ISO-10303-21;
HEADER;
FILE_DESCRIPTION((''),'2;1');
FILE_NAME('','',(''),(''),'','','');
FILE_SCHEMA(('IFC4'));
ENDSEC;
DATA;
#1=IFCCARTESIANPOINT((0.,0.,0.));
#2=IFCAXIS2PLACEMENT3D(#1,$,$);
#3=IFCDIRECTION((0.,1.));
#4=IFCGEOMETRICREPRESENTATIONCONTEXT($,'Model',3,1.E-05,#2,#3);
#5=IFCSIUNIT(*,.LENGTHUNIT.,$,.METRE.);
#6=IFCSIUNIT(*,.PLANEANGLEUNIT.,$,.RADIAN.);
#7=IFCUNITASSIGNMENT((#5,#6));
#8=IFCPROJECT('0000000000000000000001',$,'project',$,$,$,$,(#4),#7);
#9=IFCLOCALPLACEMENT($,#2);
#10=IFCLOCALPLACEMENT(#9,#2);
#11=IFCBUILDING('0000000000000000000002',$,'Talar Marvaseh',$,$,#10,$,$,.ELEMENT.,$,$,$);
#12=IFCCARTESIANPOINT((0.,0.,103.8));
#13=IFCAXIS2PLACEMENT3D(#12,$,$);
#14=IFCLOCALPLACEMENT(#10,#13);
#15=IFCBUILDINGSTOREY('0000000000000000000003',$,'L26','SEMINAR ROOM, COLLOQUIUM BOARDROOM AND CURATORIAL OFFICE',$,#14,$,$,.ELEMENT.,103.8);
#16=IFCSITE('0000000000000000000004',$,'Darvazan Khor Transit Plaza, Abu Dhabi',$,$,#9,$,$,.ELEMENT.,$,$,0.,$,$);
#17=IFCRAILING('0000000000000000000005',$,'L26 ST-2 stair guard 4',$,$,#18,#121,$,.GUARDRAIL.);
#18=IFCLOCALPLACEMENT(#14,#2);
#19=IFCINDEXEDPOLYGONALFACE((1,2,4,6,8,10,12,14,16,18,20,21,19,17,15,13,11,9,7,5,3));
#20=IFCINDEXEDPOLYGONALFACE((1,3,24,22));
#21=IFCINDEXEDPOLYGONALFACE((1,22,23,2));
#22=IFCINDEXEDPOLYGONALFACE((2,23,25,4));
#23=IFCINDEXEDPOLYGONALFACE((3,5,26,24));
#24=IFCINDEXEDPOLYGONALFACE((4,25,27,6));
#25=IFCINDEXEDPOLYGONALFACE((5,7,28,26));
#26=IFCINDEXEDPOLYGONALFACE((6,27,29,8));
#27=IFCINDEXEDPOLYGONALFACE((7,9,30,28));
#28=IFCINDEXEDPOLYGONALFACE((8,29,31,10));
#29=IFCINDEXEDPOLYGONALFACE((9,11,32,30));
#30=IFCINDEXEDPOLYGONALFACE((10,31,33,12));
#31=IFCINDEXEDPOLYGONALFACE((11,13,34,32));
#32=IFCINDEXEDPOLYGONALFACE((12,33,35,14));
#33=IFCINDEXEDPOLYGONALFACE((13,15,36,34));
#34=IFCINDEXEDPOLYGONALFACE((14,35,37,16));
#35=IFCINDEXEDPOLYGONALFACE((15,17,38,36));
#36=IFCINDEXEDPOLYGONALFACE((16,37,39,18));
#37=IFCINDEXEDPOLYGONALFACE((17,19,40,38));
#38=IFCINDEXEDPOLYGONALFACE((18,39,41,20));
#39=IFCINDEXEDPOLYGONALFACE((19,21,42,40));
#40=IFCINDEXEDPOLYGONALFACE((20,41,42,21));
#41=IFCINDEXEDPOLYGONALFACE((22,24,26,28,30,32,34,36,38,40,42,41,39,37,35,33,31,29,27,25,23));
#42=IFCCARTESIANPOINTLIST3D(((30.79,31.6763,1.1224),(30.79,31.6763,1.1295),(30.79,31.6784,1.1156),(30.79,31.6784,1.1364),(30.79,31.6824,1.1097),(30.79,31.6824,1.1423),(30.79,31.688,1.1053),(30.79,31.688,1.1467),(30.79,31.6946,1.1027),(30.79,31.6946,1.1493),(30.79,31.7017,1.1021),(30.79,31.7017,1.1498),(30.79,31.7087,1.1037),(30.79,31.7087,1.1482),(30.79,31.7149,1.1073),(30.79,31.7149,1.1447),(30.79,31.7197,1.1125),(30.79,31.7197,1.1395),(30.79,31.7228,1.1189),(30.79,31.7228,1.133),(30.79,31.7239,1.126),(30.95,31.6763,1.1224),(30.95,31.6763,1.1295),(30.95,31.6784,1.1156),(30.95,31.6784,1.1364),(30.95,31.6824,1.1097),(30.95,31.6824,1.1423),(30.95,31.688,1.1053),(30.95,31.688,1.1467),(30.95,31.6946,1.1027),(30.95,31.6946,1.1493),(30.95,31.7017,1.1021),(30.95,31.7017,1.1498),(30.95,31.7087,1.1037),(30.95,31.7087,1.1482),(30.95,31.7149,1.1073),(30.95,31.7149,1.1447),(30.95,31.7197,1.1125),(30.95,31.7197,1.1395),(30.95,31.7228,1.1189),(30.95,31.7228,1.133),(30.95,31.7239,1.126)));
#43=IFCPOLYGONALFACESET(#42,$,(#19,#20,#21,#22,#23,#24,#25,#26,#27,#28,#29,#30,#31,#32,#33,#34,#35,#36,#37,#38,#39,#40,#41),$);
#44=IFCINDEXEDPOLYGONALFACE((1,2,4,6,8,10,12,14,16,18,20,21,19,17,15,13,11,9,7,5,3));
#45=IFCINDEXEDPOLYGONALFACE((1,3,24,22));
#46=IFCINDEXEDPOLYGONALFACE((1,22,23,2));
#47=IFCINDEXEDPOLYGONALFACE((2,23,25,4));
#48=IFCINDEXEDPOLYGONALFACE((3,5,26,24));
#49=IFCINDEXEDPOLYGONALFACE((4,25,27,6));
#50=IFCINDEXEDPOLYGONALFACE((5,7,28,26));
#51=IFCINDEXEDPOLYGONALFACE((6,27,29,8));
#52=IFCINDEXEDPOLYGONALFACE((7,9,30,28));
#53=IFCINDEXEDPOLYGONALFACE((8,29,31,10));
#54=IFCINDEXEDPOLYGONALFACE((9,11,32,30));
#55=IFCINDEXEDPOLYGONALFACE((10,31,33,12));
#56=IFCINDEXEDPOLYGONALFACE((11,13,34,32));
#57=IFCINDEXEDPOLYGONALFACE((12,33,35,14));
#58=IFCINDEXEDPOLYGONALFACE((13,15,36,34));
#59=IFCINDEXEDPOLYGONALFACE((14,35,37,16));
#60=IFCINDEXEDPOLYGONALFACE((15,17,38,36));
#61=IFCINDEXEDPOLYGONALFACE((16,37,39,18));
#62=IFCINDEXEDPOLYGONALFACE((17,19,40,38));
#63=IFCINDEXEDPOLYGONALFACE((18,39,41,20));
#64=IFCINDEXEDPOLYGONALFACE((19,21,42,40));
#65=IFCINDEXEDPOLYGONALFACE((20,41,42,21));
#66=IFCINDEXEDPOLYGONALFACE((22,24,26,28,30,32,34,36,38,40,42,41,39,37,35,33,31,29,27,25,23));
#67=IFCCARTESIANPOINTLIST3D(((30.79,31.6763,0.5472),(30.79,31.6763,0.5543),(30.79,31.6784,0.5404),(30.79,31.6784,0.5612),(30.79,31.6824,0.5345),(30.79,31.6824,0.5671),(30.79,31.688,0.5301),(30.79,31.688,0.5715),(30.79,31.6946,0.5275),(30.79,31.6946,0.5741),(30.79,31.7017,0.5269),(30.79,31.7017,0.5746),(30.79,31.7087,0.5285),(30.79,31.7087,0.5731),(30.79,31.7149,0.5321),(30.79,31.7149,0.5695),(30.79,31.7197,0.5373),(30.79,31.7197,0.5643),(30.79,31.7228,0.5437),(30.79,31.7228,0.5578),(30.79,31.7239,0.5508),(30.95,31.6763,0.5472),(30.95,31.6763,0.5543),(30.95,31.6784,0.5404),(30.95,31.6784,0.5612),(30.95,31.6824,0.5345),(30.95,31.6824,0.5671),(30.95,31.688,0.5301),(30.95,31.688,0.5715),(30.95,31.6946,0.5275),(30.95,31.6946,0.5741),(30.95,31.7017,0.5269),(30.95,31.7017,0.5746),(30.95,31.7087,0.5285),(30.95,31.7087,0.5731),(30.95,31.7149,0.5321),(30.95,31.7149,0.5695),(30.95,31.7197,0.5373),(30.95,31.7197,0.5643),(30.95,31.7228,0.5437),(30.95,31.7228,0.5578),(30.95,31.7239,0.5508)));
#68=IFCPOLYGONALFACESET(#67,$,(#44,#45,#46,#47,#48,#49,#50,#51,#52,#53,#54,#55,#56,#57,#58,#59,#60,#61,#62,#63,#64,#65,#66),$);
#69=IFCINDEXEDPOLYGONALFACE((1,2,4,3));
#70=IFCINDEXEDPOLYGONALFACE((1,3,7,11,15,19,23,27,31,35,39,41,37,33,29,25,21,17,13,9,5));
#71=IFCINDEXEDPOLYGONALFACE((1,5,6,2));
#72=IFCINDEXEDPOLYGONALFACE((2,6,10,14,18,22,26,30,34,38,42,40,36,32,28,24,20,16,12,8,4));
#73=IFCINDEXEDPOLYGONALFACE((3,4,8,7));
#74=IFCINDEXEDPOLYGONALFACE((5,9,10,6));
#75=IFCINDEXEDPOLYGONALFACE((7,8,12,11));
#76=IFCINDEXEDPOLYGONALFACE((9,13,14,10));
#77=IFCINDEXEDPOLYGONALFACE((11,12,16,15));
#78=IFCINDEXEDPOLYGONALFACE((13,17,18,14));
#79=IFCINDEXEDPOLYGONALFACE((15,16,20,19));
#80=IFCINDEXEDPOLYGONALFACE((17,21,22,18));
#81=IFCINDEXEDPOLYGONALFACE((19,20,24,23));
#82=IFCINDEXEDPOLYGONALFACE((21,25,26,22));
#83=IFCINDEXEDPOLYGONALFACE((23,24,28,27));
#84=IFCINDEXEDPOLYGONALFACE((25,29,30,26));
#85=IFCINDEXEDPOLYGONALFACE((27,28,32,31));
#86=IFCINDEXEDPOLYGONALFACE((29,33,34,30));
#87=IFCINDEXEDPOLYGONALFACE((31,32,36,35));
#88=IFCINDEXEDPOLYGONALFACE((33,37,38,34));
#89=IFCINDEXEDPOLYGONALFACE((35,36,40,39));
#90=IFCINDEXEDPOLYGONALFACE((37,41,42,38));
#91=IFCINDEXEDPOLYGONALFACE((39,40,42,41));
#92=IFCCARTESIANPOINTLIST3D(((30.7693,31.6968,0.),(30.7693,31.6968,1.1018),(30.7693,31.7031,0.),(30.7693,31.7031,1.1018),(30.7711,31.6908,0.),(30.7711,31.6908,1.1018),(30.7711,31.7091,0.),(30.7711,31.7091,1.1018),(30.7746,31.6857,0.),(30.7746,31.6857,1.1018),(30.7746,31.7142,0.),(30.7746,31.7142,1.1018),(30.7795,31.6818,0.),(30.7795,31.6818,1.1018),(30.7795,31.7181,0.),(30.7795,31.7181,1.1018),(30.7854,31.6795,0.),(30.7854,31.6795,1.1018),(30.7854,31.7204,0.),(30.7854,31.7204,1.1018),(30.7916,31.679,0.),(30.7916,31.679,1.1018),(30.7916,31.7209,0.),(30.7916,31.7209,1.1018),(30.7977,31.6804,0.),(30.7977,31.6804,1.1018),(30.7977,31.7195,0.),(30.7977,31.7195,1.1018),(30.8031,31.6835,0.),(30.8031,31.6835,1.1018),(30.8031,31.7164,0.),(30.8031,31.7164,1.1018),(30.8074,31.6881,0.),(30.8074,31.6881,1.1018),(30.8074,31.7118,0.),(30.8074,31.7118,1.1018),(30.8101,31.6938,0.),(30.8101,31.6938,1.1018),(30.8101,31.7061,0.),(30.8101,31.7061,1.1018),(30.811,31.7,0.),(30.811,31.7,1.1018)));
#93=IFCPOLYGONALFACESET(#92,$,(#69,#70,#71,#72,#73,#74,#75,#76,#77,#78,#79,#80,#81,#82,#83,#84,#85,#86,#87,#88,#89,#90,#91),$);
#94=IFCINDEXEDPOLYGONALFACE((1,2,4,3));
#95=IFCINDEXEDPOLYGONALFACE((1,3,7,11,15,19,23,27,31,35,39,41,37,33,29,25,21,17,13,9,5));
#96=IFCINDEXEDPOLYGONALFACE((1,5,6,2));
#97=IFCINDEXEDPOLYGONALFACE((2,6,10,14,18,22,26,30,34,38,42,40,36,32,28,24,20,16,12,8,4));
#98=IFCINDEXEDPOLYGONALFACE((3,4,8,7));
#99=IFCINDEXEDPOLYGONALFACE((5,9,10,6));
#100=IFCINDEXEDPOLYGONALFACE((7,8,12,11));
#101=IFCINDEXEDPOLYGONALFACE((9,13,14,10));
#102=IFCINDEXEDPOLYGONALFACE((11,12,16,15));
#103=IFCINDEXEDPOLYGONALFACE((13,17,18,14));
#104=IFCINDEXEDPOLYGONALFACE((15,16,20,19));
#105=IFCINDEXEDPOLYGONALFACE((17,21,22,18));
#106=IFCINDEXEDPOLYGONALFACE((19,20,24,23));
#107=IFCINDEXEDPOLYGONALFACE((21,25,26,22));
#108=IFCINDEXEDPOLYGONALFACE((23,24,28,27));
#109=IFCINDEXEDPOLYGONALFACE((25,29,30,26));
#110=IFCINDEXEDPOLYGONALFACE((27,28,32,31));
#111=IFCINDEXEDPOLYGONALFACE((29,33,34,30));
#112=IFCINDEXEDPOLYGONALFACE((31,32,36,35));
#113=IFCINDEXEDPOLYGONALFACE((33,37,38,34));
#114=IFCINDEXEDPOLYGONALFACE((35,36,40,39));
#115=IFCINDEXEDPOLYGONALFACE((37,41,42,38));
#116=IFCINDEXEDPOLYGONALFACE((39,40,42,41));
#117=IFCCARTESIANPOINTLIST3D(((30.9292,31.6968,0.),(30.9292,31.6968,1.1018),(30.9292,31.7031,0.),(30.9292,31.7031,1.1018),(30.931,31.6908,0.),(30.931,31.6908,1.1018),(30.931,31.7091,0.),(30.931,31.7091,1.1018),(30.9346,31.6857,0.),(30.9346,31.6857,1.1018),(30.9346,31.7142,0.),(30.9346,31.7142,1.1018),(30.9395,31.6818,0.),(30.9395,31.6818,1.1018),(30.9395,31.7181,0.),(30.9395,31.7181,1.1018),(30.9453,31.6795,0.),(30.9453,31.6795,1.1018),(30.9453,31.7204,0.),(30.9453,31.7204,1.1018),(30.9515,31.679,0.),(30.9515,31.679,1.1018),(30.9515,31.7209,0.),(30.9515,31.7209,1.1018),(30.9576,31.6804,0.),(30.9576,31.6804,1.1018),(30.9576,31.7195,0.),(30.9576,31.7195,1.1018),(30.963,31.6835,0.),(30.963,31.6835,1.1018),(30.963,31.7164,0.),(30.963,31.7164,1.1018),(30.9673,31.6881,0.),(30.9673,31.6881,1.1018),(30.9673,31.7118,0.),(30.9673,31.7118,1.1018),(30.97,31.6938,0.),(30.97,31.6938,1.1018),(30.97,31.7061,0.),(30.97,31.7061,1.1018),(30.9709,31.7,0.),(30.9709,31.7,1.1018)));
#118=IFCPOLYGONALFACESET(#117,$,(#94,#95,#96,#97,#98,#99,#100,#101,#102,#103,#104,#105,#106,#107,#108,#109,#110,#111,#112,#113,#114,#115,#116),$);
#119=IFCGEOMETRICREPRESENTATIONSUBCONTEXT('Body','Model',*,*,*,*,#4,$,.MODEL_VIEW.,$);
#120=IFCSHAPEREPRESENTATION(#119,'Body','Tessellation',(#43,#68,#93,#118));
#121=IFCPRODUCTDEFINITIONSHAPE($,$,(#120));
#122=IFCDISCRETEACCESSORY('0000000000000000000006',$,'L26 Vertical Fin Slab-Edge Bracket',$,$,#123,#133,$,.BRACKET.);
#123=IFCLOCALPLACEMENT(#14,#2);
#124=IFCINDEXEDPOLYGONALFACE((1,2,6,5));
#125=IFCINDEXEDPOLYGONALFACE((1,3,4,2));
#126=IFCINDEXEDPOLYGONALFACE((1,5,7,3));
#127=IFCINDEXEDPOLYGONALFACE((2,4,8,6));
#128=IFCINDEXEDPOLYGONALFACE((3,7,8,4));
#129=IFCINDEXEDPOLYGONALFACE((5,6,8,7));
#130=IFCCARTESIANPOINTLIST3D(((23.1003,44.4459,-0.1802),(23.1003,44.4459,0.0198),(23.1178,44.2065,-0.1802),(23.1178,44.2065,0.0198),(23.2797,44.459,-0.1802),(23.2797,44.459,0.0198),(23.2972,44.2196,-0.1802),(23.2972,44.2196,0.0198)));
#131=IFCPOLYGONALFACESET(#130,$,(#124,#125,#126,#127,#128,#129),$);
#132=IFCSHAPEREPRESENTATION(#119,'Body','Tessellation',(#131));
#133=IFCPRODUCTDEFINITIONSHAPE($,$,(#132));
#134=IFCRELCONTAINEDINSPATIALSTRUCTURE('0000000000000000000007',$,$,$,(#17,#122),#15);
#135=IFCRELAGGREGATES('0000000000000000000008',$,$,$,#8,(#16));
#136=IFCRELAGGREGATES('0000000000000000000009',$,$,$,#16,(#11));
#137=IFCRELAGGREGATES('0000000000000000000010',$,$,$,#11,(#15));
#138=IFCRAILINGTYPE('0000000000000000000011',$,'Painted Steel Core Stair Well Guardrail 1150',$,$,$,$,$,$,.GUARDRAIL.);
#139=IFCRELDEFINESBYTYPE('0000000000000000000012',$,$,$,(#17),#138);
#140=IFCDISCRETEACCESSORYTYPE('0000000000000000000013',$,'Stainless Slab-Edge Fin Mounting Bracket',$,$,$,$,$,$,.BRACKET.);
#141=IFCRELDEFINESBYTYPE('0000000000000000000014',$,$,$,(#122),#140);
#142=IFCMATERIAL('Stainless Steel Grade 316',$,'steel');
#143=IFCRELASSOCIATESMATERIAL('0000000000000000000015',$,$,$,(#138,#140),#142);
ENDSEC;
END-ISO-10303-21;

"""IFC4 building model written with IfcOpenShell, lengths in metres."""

from ifc_helpers import new_model, si_unit, direction, frame, origin, origin_2d, place, context, subcontext, project, spatial, rectangle, circle, extrude, source, transform, mapped, material, type_object, type_shapes, element, save


model = new_model("IFC4")

# Units and contexts
model_context = context("Model", 3, precision=1e-05, world=origin(), true_north=direction((0.0, 1.0)))
body_context = subcontext(model_context, "Body", "Model", "MODEL_VIEW")
ifc_project = project(units=[si_unit("LENGTHUNIT", "METRE"), si_unit("PLANEANGLEUNIT", "RADIAN")], contexts=[model_context])

# Site, building, storey
site_placement = place(None, origin())
site = spatial("IfcSite", under=ifc_project, at=site_placement, Name="Darvazan Khor Transit Plaza, Abu Dhabi", CompositionType="ELEMENT", RefElevation=0.0)
building_placement = place(site_placement, origin())
building = spatial("IfcBuilding", under=site, at=building_placement, Name="Talar Marvaseh", CompositionType="ELEMENT")
storey_placement = place(building_placement, frame((0.0, 0.0, 103.8)))
storey = spatial("IfcBuildingStorey", under=building, at=storey_placement, Name="L26", Description="SEMINAR ROOM, COLLOQUIUM BOARDROOM AND CURATORIAL OFFICE", CompositionType="ELEMENT", Elevation=103.8)

# Shared definitions
ifc_material_1 = material(Name="Stainless Steel Grade 316", Category="steel")

# Railing
railing_type_1 = type_object("IfcRailingType", Name="Painted Steel Core Stair Well Guardrail 1150", PredefinedType="GUARDRAIL", material=ifc_material_1)
railing_1_placement = place(storey_placement, frame((30.79, 31.7, 0.0)))
element("IfcRailing", 1, at=railing_1_placement, inside=storey, type_object=railing_type_1, Name="L26 ST-2 stair guard 4", PredefinedType="GUARDRAIL", context=body_context, shape_type="SweptSolid", body=[
    extrude(circle(Radius=0.0239, at=origin_2d()), frame((0.0, 0.0, 1.126), z_axis=(1.0, 0.0, 0.0), x_axis=(0.0, 1.0, 0.0)), (0.0, 0.0, 1.0), 0.1599),
    extrude(circle(Radius=0.0239, at=origin_2d()), frame((0.0, 0.0, 0.5508), z_axis=(1.0, 0.0, 0.0), x_axis=(0.0, 1.0, 0.0)), (0.0, 0.0, 1.0), 0.1599),
    extrude(circle(Radius=0.021, at=origin_2d()), origin(), (0.0, 0.0, 1.0), 1.1018),
    extrude(circle(Radius=0.021, at=origin_2d()), frame((0.1599, 0.0, 0.0)), (0.0, 0.0, 1.0), 1.1018),
])

# Discrete accessory
discrete_accessory_type = type_object("IfcDiscreteAccessoryType", Name="Stainless Slab-Edge Fin Mounting Bracket", PredefinedType="BRACKET", material=ifc_material_1)
shared_shape_1 = source(origin(), body_context, "Body", "SweptSolid", [
    extrude(rectangle(XDim=0.24, YDim=0.1799, at=origin_2d()), origin(), (0.0, 0.0, 1.0), 0.2),
])
type_shapes(discrete_accessory_type, [shared_shape_1])
discrete_accessory_placement = place(storey_placement, frame((23.1987, 44.3328, -0.1802), z_axis=(0.0, 0.0, 1.0), x_axis=(-0.07289, 0.99734, 0.0)))
element("IfcDiscreteAccessory", 2, at=discrete_accessory_placement, inside=storey, type_object=discrete_accessory_type, Name="L26 Vertical Fin Slab-Edge Bracket", PredefinedType="BRACKET", context=body_context, shape_type="MappedRepresentation", body=[
    mapped(shared_shape_1, transform((0.0, 0.0, 0.0), x_axis=(1.0, 0.0, 0.0), y_axis=(0.0, 1.0, 0.0), z_axis=(0.0, 0.0, 1.0), scale=1.0)),
])

save(model, "model.ifc")
